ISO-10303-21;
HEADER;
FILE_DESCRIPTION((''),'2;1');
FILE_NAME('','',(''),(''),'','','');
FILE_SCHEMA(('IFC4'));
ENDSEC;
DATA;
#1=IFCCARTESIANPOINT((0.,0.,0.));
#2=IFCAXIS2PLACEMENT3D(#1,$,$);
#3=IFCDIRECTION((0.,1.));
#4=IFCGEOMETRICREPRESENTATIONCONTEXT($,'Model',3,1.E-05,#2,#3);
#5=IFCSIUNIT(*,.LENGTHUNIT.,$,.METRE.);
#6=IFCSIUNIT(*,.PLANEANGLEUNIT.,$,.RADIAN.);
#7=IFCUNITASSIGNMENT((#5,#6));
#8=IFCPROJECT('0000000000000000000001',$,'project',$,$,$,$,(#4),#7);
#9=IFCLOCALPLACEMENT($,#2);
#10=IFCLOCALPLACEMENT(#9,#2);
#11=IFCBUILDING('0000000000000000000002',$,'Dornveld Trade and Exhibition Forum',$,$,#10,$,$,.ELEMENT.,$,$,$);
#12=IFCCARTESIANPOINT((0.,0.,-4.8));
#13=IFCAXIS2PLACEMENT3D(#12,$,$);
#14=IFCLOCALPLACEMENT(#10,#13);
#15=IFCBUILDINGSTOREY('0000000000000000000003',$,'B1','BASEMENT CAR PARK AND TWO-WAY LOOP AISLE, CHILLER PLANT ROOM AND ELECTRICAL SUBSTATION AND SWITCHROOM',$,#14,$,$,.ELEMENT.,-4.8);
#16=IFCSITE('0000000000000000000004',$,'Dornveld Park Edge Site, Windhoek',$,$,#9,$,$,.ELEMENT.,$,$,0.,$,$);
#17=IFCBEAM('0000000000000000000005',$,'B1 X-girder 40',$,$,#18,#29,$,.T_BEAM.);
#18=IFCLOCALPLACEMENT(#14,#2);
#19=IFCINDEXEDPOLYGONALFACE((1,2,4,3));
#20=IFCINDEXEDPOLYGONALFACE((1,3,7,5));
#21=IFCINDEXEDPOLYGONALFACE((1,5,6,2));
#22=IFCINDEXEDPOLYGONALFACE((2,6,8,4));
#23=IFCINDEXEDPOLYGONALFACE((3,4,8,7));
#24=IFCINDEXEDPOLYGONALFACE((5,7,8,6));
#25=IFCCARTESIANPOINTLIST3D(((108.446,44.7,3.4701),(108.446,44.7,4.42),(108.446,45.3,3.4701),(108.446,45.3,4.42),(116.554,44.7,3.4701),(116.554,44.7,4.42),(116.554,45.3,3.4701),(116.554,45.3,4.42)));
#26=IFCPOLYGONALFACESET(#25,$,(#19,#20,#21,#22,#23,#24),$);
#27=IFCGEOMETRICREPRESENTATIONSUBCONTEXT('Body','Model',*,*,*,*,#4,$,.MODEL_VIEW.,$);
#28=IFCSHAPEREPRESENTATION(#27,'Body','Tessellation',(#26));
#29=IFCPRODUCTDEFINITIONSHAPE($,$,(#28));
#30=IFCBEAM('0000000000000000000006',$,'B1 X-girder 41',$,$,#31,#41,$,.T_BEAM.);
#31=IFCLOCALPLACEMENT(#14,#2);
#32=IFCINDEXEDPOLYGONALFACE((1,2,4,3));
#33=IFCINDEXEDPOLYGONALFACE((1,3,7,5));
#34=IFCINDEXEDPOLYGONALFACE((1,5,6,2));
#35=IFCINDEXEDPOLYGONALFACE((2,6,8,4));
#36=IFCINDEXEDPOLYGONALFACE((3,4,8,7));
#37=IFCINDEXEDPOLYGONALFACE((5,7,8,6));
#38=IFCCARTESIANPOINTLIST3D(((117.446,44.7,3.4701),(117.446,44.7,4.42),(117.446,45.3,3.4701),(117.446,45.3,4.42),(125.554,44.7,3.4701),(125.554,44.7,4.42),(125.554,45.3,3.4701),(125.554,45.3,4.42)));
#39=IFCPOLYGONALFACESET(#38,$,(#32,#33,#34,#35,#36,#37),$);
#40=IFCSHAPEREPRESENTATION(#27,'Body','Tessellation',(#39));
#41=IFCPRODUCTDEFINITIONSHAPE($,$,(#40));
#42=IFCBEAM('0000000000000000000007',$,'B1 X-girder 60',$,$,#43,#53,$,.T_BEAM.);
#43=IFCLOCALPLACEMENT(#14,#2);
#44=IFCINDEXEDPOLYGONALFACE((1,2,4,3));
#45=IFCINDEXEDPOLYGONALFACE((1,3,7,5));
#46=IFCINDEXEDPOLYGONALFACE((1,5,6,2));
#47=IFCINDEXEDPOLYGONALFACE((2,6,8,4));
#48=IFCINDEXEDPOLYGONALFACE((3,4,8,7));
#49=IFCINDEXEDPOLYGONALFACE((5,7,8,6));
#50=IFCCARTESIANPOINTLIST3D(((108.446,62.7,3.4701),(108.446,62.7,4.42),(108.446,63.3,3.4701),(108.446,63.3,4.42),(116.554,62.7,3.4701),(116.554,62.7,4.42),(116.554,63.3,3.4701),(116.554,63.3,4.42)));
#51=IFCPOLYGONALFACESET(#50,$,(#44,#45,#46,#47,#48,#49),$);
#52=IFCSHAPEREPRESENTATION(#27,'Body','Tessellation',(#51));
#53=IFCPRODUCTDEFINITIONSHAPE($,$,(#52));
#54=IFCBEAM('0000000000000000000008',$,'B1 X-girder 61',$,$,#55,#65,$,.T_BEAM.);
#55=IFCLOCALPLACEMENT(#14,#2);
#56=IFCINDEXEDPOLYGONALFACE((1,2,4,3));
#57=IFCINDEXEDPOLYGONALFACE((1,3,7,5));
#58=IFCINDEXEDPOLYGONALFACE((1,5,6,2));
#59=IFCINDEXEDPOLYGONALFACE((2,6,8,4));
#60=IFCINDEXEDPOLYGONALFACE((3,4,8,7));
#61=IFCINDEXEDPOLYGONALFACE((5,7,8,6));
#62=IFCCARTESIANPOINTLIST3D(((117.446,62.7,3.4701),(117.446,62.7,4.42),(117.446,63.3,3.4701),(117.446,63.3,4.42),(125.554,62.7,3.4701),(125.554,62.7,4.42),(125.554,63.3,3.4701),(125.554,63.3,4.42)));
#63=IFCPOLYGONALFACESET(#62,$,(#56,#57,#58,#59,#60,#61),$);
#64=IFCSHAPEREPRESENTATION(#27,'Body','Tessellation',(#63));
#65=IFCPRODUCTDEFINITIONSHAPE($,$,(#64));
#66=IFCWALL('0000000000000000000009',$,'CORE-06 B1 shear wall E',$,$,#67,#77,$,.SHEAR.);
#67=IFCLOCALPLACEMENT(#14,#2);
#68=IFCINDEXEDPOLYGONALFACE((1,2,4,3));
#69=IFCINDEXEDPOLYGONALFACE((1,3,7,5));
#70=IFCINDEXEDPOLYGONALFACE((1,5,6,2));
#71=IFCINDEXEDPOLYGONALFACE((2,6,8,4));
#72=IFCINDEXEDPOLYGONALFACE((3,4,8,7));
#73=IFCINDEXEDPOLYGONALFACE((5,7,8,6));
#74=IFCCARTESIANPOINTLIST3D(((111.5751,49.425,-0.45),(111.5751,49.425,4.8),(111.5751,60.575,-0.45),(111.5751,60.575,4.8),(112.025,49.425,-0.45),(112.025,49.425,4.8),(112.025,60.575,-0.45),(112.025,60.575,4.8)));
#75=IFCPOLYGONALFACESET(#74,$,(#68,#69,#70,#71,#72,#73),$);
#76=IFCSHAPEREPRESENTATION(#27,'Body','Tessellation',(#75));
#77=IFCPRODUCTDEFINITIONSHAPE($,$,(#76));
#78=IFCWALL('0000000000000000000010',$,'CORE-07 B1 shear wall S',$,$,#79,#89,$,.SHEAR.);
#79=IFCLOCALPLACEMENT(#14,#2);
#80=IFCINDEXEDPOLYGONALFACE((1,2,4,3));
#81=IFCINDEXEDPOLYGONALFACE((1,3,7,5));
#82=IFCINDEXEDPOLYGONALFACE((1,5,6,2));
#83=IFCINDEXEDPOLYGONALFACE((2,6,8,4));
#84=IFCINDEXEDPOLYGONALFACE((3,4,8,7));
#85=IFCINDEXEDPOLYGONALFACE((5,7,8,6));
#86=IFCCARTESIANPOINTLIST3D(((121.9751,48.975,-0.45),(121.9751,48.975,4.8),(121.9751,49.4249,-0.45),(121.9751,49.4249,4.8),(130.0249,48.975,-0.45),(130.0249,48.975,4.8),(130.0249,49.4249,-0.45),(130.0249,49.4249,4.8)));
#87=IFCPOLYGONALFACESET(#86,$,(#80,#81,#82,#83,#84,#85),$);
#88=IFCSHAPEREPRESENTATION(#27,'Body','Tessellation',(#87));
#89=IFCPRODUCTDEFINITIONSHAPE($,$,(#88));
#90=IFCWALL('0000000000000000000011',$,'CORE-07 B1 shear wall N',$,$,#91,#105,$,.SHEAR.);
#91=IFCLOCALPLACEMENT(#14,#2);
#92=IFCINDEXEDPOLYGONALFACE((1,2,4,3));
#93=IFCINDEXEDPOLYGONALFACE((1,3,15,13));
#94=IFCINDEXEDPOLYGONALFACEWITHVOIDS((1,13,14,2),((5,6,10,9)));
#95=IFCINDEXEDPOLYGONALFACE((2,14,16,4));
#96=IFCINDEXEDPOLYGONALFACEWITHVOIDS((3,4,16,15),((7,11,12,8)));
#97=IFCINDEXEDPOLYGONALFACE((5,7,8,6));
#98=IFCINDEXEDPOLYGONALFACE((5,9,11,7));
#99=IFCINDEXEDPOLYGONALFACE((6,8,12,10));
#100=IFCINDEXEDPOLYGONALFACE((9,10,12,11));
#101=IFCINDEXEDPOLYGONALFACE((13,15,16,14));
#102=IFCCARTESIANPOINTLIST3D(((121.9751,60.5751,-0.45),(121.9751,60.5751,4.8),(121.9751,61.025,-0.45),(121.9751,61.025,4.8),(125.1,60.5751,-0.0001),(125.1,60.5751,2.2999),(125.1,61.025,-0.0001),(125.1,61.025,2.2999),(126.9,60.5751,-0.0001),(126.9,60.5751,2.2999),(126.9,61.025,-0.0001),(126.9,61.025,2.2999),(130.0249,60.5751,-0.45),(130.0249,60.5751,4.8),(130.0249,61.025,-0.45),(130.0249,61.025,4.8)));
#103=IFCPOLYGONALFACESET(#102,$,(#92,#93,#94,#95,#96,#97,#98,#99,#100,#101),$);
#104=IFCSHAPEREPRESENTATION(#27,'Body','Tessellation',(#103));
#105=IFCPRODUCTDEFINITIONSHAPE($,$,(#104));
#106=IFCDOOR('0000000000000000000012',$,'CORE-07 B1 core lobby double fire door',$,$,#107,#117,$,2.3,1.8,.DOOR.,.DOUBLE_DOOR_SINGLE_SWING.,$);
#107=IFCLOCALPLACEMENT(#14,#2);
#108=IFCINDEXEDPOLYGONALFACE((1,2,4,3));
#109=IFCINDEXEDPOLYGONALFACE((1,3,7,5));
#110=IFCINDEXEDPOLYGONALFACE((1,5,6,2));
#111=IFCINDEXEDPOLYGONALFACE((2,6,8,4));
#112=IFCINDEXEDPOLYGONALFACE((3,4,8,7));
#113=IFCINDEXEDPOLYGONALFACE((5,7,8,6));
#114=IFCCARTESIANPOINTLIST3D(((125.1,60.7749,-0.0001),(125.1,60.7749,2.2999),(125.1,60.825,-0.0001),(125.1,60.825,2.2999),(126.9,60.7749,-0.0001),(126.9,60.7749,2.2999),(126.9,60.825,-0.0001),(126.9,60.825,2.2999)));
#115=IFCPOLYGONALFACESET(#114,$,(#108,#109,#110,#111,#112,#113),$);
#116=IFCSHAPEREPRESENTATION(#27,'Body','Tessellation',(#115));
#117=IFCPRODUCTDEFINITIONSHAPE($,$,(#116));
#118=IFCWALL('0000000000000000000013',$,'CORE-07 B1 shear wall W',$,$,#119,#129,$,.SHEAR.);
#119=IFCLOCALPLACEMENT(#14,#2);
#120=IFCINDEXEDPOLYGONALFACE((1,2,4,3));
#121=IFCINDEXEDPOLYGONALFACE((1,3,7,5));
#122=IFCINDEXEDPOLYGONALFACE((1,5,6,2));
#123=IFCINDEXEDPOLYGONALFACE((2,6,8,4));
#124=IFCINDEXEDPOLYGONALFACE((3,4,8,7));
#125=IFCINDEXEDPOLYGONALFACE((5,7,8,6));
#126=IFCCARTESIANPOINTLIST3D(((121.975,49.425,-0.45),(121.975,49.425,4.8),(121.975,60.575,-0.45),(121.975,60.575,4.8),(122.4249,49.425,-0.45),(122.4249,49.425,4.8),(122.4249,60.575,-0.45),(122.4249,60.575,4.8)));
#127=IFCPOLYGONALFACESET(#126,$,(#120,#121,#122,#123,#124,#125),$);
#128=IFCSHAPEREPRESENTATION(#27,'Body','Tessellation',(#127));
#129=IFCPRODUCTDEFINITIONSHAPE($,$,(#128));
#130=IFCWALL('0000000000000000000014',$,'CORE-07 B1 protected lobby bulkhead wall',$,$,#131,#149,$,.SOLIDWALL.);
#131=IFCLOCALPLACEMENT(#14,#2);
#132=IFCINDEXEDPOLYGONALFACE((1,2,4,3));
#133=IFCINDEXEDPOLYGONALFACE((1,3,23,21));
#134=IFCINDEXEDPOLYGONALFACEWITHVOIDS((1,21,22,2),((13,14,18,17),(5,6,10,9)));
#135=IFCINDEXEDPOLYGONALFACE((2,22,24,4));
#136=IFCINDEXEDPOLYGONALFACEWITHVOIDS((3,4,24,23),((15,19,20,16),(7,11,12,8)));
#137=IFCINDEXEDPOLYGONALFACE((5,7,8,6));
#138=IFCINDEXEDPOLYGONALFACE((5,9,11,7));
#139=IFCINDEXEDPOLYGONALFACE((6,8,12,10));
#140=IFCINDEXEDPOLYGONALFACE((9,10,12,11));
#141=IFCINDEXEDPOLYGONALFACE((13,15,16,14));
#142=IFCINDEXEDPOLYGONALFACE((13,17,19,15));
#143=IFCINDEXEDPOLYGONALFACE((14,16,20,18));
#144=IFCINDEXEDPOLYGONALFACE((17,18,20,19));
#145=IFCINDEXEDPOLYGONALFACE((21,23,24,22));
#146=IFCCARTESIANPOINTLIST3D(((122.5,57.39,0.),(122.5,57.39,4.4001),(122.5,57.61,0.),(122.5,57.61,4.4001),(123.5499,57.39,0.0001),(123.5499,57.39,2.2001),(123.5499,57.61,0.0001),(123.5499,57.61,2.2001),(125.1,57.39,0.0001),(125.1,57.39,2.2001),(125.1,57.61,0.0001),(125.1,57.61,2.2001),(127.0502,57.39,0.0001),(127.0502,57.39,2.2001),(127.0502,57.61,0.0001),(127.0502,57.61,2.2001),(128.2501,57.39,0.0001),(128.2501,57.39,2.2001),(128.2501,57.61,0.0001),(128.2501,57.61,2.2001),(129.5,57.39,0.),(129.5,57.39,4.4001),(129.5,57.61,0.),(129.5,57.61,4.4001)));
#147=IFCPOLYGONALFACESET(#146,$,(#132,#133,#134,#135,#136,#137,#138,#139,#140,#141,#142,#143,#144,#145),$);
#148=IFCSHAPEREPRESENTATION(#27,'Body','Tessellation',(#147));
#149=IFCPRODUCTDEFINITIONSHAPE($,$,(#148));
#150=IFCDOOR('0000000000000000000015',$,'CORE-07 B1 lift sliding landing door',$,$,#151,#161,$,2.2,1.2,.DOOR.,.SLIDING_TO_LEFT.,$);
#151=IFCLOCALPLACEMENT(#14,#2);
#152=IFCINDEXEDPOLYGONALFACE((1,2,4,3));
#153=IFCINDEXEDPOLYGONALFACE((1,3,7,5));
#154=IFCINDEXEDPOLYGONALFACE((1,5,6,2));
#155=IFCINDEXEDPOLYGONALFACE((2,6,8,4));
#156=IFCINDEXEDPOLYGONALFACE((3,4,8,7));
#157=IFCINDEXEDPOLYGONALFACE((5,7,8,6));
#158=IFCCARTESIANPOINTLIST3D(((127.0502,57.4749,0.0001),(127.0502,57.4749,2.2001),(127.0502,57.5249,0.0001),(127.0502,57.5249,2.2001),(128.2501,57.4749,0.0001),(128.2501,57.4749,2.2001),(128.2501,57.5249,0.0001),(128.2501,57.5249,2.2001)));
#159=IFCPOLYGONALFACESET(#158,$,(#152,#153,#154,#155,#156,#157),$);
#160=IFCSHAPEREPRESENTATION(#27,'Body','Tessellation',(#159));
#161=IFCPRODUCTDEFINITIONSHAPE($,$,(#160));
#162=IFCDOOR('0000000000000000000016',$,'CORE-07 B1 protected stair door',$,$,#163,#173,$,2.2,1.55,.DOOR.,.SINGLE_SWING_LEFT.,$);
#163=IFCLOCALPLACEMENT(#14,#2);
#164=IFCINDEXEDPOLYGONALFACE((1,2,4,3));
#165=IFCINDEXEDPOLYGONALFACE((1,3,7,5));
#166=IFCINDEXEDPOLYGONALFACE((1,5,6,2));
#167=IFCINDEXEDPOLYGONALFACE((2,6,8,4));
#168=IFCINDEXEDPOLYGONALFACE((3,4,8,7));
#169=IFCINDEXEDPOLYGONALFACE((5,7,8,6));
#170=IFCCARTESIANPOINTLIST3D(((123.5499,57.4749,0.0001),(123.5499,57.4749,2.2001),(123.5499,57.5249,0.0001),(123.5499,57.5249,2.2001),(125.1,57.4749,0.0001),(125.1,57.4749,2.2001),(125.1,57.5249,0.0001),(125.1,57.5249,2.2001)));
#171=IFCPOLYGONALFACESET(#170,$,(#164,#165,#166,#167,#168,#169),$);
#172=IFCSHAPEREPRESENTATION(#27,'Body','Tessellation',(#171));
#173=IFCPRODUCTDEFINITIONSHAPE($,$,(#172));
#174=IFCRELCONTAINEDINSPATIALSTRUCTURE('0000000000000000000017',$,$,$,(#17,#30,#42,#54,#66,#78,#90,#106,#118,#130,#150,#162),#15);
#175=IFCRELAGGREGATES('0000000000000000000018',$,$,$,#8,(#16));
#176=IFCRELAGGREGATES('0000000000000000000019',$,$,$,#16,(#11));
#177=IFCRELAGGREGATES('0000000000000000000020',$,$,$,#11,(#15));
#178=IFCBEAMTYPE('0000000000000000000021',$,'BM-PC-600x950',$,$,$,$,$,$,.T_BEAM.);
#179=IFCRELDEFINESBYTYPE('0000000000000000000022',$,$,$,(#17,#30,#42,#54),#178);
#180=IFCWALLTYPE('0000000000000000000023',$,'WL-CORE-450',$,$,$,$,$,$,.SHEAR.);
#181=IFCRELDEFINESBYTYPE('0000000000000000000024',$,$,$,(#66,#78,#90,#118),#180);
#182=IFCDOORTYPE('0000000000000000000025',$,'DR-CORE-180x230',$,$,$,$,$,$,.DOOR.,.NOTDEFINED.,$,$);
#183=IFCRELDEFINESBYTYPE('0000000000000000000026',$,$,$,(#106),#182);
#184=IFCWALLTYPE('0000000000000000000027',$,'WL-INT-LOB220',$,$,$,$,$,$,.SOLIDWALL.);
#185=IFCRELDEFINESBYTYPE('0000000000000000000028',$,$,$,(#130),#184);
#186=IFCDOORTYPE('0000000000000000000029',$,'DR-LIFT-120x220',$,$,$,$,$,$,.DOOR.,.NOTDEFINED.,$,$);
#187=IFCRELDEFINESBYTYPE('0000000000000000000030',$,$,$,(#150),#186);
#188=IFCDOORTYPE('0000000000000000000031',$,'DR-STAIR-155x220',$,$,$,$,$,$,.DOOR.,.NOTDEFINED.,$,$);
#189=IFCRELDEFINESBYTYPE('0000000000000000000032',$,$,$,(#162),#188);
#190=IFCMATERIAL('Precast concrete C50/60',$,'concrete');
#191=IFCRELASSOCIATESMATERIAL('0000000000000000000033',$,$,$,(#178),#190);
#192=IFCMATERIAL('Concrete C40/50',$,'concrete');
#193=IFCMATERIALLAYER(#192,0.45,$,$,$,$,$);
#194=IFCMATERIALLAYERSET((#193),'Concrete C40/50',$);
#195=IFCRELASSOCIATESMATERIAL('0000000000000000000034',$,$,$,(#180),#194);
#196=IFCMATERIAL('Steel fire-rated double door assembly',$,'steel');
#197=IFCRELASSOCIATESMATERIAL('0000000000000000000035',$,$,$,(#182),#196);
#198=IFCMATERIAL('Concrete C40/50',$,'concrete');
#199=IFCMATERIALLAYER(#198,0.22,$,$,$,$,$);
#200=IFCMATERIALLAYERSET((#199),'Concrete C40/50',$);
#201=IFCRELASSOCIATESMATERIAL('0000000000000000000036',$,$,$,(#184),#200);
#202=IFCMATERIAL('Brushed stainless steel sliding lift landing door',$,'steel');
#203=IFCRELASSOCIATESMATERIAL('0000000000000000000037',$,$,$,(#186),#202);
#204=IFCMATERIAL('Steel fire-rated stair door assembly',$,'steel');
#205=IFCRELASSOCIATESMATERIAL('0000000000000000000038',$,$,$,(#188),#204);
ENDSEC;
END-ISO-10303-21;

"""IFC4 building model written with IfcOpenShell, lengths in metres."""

from ifc_helpers import new_model, si_unit, direction, frame, frame_2d, origin, origin_2d, place, context, subcontext, project, spatial, rectangle, extrude, material, layer, layer_set, material_profile, profile_set, type_object, element, fill, save


model = new_model("IFC4")

# Units and contexts
model_context = context("Model", 3, precision=1e-05, world=origin(), true_north=direction((0.0, 1.0)))
body_context = subcontext(model_context, "Body", "Model", "MODEL_VIEW")
ifc_project = project(units=[si_unit("LENGTHUNIT", "METRE"), si_unit("PLANEANGLEUNIT", "RADIAN")], contexts=[model_context])

# Site, building, storey
site_placement = place(None, origin())
site = spatial("IfcSite", under=ifc_project, at=site_placement, Name="Dornveld Park Edge Site, Windhoek", CompositionType="ELEMENT", RefElevation=0.0)
building_placement = place(site_placement, origin())
building = spatial("IfcBuilding", under=site, at=building_placement, Name="Dornveld Trade and Exhibition Forum", CompositionType="ELEMENT")
storey_placement = place(building_placement, frame((0.0, 0.0, -4.8)))
storey = spatial("IfcBuildingStorey", under=building, at=storey_placement, Name="B1", Description="BASEMENT CAR PARK AND TWO-WAY LOOP AISLE, CHILLER PLANT ROOM AND ELECTRICAL SUBSTATION AND SWITCHROOM", CompositionType="ELEMENT", Elevation=-4.8)

# Beams
ifc_material_1 = material(Name="Precast concrete C50/60", Category="concrete")
ifc_material_profile_1 = material_profile(ifc_material_1, rectangle(XDim=0.6001, YDim=0.95, at=origin_2d()), Name="PC-GIR 600x950")
ifc_profile_set_1 = profile_set([ifc_material_profile_1], Name="Precast concrete C50/60")
beam_type_1 = type_object("IfcBeamType", Name="BM-PC-600x950", PredefinedType="T_BEAM", material=ifc_profile_set_1)
for number, where, z_axis, x_axis, name in (
    (1, (108.446, 45.0, 3.9451), (1.0, 0.0, 0.0), (0.0, 1.0, 0.0), "B1 X-girder 40"),
    (2, (117.446, 45.0, 3.9451), (1.0, 0.0, 0.0), (0.0, 1.0, 0.0), "B1 X-girder 41"),
    (3, (108.446, 63.0, 3.9451), (1.0, 0.0, 0.0), (0.0, 1.0, 0.0), "B1 X-girder 60"),
    (4, (117.446, 63.0, 3.9451), (1.0, 0.0, 0.0), (0.0, 1.0, 0.0), "B1 X-girder 61"),
):
    element("IfcBeam", number, at=place(storey_placement, frame(where, z_axis=z_axis, x_axis=x_axis)), inside=storey, type_object=beam_type_1, Name=name, PredefinedType="T_BEAM", context=body_context, shape_type="SweptSolid", body=[
        extrude(rectangle(XDim=0.6001, YDim=0.95, at=origin_2d()), origin(), (0.0, 0.0, 1.0), 8.1079),
    ])

# Walls
ifc_material_2 = material(Name="Concrete C40/50", Category="concrete")
ifc_layer_1 = layer(ifc_material_2, 0.45)
ifc_layer_set_1 = layer_set([ifc_layer_1], Name="Concrete C40/50")
wall_type_1 = type_object("IfcWallType", Name="WL-CORE-450", PredefinedType="SHEAR", material=ifc_layer_set_1)
wall_1_placement = place(storey_placement, frame((111.8, 49.425, -0.45), z_axis=(0.0, 0.0, 1.0), x_axis=(0.0, 1.0, 0.0)))
element("IfcWall", 5, at=wall_1_placement, inside=storey, type_object=wall_type_1, Name="CORE-06 B1 shear wall E", PredefinedType="SHEAR", context=body_context, shape_type="SweptSolid", body=[
    extrude(rectangle(XDim=11.1499, YDim=0.45, at=frame_2d((5.575, 0.0))), origin(), (0.0, 0.0, 1.0), 5.25),
])
wall_2_placement = place(storey_placement, frame((121.9751, 49.2, -0.45), z_axis=(0.0, 0.0, 1.0), x_axis=(1.0, 0.0, 0.0)))
element("IfcWall", 6, at=wall_2_placement, inside=storey, type_object=wall_type_1, Name="CORE-07 B1 shear wall S", PredefinedType="SHEAR", context=body_context, shape_type="SweptSolid", body=[
    extrude(rectangle(XDim=8.0498, YDim=0.45, at=frame_2d((4.0249, 0.0))), origin(), (0.0, 0.0, 1.0), 5.25),
])

# Wall, opening, door
wall_3_placement = place(storey_placement, frame((121.9751, 60.8, -0.45), z_axis=(0.0, 0.0, 1.0), x_axis=(1.0, 0.0, 0.0)))
wall_3 = element("IfcWall", 7, at=wall_3_placement, inside=storey, type_object=wall_type_1, Name="CORE-07 B1 shear wall N", PredefinedType="SHEAR", context=body_context, shape_type="SweptSolid", body=[
    extrude(rectangle(XDim=8.0498, YDim=0.45, at=frame_2d((4.0249, 0.0))), origin(), (0.0, 0.0, 1.0), 5.25),
])
opening_1_placement = place(wall_3_placement, frame((3.125, 0.0, 0.45)))
opening_1 = element("IfcOpeningElement", 8, at=opening_1_placement, cuts=wall_3, PredefinedType="OPENING", context=body_context, shape_type="SweptSolid", body=[
    extrude(rectangle(XDim=1.8, YDim=2.3, at=frame_2d((0.8999, 1.1499))), frame((0.0, 0.2349, 0.0), z_axis=(0.0, -1.0, 0.0), x_axis=(1.0, 0.0, 0.0)), (0.0, 0.0, 1.0), 0.47),
])
ifc_material_3 = material(Name="Steel fire-rated double door assembly", Category="steel")
door_type_1 = type_object("IfcDoorType", Name="DR-CORE-180x230", OperationType="NOTDEFINED", PredefinedType="DOOR", material=ifc_material_3)
door_1_placement = place(opening_1_placement, origin())
door_1 = element("IfcDoor", 9, at=door_1_placement, inside=storey, type_object=door_type_1, Name="CORE-07 B1 core lobby double fire door", OperationType="DOUBLE_DOOR_SINGLE_SWING", OverallHeight=2.3, OverallWidth=1.8, PredefinedType="DOOR", context=body_context, shape_type="SweptSolid", body=[
    extrude(rectangle(XDim=1.8, YDim=2.3, at=frame_2d((0.8999, 1.1499))), frame((0.0, 0.0249, 0.0), z_axis=(0.0, -1.0, 0.0), x_axis=(1.0, 0.0, 0.0)), (0.0, 0.0, 1.0), 0.05),
])
fill(opening_1, door_1)

# Wall
wall_4_placement = place(storey_placement, frame((122.2, 49.425, -0.45), z_axis=(0.0, 0.0, 1.0), x_axis=(0.0, 1.0, 0.0)))
element("IfcWall", 10, at=wall_4_placement, inside=storey, type_object=wall_type_1, Name="CORE-07 B1 shear wall W", PredefinedType="SHEAR", context=body_context, shape_type="SweptSolid", body=[
    extrude(rectangle(XDim=11.1499, YDim=0.45, at=frame_2d((5.575, 0.0))), origin(), (0.0, 0.0, 1.0), 5.25),
])

# Wall, openings, doors
ifc_material_4 = material(Name="Concrete C40/50", Category="concrete")
ifc_layer_2 = layer(ifc_material_4, 0.22)
ifc_layer_set_2 = layer_set([ifc_layer_2], Name="Concrete C40/50")
wall_type_2 = type_object("IfcWallType", Name="WL-INT-LOB220", PredefinedType="SOLIDWALL", material=ifc_layer_set_2)
wall_5_placement = place(storey_placement, frame((122.5, 57.5, 0.0), z_axis=(0.0, 0.0, 1.0), x_axis=(1.0, 0.0, 0.0)))
wall_5 = element("IfcWall", 11, at=wall_5_placement, inside=storey, type_object=wall_type_2, Name="CORE-07 B1 protected lobby bulkhead wall", PredefinedType="SOLIDWALL", context=body_context, shape_type="SweptSolid", body=[
    extrude(rectangle(XDim=7.0, YDim=0.22, at=frame_2d((3.5, 0.0))), origin(), (0.0, 0.0, 1.0), 4.4001),
])
opening_2_placement = place(wall_5_placement, frame((1.05, 0.0, 0.0)))
opening_2 = element("IfcOpeningElement", 12, at=opening_2_placement, cuts=wall_5, PredefinedType="OPENING", context=body_context, shape_type="SweptSolid", body=[
    extrude(rectangle(XDim=1.55, YDim=2.2, at=frame_2d((0.7749, 1.1001))), frame((0.0, 0.1199, 0.0), z_axis=(0.0, -1.0, 0.0), x_axis=(1.0, 0.0, 0.0)), (0.0, 0.0, 1.0), 0.24),
])
opening_3_placement = place(wall_5_placement, frame((4.55, 0.0, 0.0)))
opening_3 = element("IfcOpeningElement", 13, at=opening_3_placement, cuts=wall_5, PredefinedType="OPENING", context=body_context, shape_type="SweptSolid", body=[
    extrude(rectangle(XDim=1.2, YDim=2.2, at=frame_2d((0.6001, 1.1001))), frame((0.0, 0.1199, 0.0), z_axis=(0.0, -1.0, 0.0), x_axis=(1.0, 0.0, 0.0)), (0.0, 0.0, 1.0), 0.24),
])
ifc_material_5 = material(Name="Brushed stainless steel sliding lift landing door", Category="steel")
door_type_2 = type_object("IfcDoorType", Name="DR-LIFT-120x220", OperationType="NOTDEFINED", PredefinedType="DOOR", material=ifc_material_5)
door_2_placement = place(opening_3_placement, origin())
door_2 = element("IfcDoor", 14, at=door_2_placement, inside=storey, type_object=door_type_2, Name="CORE-07 B1 lift sliding landing door", OperationType="SLIDING_TO_LEFT", OverallHeight=2.2, OverallWidth=1.2, PredefinedType="DOOR", context=body_context, shape_type="SweptSolid", body=[
    extrude(rectangle(XDim=1.2, YDim=2.2, at=frame_2d((0.6001, 1.1001))), frame((0.0, 0.0249, 0.0), z_axis=(0.0, -1.0, 0.0), x_axis=(1.0, 0.0, 0.0)), (0.0, 0.0, 1.0), 0.05),
])
fill(opening_3, door_2)
ifc_material_6 = material(Name="Steel fire-rated stair door assembly", Category="steel")
door_type_3 = type_object("IfcDoorType", Name="DR-STAIR-155x220", OperationType="NOTDEFINED", PredefinedType="DOOR", material=ifc_material_6)
door_3_placement = place(opening_2_placement, origin())
door_3 = element("IfcDoor", 15, at=door_3_placement, inside=storey, type_object=door_type_3, Name="CORE-07 B1 protected stair door", OperationType="SINGLE_SWING_LEFT", OverallHeight=2.2, OverallWidth=1.55, PredefinedType="DOOR", context=body_context, shape_type="SweptSolid", body=[
    extrude(rectangle(XDim=1.55, YDim=2.2, at=frame_2d((0.7749, 1.1001))), frame((0.0, 0.0249, 0.0), z_axis=(0.0, -1.0, 0.0), x_axis=(1.0, 0.0, 0.0)), (0.0, 0.0, 1.0), 0.05),
])
fill(opening_2, door_3)

save(model, "model.ifc")
